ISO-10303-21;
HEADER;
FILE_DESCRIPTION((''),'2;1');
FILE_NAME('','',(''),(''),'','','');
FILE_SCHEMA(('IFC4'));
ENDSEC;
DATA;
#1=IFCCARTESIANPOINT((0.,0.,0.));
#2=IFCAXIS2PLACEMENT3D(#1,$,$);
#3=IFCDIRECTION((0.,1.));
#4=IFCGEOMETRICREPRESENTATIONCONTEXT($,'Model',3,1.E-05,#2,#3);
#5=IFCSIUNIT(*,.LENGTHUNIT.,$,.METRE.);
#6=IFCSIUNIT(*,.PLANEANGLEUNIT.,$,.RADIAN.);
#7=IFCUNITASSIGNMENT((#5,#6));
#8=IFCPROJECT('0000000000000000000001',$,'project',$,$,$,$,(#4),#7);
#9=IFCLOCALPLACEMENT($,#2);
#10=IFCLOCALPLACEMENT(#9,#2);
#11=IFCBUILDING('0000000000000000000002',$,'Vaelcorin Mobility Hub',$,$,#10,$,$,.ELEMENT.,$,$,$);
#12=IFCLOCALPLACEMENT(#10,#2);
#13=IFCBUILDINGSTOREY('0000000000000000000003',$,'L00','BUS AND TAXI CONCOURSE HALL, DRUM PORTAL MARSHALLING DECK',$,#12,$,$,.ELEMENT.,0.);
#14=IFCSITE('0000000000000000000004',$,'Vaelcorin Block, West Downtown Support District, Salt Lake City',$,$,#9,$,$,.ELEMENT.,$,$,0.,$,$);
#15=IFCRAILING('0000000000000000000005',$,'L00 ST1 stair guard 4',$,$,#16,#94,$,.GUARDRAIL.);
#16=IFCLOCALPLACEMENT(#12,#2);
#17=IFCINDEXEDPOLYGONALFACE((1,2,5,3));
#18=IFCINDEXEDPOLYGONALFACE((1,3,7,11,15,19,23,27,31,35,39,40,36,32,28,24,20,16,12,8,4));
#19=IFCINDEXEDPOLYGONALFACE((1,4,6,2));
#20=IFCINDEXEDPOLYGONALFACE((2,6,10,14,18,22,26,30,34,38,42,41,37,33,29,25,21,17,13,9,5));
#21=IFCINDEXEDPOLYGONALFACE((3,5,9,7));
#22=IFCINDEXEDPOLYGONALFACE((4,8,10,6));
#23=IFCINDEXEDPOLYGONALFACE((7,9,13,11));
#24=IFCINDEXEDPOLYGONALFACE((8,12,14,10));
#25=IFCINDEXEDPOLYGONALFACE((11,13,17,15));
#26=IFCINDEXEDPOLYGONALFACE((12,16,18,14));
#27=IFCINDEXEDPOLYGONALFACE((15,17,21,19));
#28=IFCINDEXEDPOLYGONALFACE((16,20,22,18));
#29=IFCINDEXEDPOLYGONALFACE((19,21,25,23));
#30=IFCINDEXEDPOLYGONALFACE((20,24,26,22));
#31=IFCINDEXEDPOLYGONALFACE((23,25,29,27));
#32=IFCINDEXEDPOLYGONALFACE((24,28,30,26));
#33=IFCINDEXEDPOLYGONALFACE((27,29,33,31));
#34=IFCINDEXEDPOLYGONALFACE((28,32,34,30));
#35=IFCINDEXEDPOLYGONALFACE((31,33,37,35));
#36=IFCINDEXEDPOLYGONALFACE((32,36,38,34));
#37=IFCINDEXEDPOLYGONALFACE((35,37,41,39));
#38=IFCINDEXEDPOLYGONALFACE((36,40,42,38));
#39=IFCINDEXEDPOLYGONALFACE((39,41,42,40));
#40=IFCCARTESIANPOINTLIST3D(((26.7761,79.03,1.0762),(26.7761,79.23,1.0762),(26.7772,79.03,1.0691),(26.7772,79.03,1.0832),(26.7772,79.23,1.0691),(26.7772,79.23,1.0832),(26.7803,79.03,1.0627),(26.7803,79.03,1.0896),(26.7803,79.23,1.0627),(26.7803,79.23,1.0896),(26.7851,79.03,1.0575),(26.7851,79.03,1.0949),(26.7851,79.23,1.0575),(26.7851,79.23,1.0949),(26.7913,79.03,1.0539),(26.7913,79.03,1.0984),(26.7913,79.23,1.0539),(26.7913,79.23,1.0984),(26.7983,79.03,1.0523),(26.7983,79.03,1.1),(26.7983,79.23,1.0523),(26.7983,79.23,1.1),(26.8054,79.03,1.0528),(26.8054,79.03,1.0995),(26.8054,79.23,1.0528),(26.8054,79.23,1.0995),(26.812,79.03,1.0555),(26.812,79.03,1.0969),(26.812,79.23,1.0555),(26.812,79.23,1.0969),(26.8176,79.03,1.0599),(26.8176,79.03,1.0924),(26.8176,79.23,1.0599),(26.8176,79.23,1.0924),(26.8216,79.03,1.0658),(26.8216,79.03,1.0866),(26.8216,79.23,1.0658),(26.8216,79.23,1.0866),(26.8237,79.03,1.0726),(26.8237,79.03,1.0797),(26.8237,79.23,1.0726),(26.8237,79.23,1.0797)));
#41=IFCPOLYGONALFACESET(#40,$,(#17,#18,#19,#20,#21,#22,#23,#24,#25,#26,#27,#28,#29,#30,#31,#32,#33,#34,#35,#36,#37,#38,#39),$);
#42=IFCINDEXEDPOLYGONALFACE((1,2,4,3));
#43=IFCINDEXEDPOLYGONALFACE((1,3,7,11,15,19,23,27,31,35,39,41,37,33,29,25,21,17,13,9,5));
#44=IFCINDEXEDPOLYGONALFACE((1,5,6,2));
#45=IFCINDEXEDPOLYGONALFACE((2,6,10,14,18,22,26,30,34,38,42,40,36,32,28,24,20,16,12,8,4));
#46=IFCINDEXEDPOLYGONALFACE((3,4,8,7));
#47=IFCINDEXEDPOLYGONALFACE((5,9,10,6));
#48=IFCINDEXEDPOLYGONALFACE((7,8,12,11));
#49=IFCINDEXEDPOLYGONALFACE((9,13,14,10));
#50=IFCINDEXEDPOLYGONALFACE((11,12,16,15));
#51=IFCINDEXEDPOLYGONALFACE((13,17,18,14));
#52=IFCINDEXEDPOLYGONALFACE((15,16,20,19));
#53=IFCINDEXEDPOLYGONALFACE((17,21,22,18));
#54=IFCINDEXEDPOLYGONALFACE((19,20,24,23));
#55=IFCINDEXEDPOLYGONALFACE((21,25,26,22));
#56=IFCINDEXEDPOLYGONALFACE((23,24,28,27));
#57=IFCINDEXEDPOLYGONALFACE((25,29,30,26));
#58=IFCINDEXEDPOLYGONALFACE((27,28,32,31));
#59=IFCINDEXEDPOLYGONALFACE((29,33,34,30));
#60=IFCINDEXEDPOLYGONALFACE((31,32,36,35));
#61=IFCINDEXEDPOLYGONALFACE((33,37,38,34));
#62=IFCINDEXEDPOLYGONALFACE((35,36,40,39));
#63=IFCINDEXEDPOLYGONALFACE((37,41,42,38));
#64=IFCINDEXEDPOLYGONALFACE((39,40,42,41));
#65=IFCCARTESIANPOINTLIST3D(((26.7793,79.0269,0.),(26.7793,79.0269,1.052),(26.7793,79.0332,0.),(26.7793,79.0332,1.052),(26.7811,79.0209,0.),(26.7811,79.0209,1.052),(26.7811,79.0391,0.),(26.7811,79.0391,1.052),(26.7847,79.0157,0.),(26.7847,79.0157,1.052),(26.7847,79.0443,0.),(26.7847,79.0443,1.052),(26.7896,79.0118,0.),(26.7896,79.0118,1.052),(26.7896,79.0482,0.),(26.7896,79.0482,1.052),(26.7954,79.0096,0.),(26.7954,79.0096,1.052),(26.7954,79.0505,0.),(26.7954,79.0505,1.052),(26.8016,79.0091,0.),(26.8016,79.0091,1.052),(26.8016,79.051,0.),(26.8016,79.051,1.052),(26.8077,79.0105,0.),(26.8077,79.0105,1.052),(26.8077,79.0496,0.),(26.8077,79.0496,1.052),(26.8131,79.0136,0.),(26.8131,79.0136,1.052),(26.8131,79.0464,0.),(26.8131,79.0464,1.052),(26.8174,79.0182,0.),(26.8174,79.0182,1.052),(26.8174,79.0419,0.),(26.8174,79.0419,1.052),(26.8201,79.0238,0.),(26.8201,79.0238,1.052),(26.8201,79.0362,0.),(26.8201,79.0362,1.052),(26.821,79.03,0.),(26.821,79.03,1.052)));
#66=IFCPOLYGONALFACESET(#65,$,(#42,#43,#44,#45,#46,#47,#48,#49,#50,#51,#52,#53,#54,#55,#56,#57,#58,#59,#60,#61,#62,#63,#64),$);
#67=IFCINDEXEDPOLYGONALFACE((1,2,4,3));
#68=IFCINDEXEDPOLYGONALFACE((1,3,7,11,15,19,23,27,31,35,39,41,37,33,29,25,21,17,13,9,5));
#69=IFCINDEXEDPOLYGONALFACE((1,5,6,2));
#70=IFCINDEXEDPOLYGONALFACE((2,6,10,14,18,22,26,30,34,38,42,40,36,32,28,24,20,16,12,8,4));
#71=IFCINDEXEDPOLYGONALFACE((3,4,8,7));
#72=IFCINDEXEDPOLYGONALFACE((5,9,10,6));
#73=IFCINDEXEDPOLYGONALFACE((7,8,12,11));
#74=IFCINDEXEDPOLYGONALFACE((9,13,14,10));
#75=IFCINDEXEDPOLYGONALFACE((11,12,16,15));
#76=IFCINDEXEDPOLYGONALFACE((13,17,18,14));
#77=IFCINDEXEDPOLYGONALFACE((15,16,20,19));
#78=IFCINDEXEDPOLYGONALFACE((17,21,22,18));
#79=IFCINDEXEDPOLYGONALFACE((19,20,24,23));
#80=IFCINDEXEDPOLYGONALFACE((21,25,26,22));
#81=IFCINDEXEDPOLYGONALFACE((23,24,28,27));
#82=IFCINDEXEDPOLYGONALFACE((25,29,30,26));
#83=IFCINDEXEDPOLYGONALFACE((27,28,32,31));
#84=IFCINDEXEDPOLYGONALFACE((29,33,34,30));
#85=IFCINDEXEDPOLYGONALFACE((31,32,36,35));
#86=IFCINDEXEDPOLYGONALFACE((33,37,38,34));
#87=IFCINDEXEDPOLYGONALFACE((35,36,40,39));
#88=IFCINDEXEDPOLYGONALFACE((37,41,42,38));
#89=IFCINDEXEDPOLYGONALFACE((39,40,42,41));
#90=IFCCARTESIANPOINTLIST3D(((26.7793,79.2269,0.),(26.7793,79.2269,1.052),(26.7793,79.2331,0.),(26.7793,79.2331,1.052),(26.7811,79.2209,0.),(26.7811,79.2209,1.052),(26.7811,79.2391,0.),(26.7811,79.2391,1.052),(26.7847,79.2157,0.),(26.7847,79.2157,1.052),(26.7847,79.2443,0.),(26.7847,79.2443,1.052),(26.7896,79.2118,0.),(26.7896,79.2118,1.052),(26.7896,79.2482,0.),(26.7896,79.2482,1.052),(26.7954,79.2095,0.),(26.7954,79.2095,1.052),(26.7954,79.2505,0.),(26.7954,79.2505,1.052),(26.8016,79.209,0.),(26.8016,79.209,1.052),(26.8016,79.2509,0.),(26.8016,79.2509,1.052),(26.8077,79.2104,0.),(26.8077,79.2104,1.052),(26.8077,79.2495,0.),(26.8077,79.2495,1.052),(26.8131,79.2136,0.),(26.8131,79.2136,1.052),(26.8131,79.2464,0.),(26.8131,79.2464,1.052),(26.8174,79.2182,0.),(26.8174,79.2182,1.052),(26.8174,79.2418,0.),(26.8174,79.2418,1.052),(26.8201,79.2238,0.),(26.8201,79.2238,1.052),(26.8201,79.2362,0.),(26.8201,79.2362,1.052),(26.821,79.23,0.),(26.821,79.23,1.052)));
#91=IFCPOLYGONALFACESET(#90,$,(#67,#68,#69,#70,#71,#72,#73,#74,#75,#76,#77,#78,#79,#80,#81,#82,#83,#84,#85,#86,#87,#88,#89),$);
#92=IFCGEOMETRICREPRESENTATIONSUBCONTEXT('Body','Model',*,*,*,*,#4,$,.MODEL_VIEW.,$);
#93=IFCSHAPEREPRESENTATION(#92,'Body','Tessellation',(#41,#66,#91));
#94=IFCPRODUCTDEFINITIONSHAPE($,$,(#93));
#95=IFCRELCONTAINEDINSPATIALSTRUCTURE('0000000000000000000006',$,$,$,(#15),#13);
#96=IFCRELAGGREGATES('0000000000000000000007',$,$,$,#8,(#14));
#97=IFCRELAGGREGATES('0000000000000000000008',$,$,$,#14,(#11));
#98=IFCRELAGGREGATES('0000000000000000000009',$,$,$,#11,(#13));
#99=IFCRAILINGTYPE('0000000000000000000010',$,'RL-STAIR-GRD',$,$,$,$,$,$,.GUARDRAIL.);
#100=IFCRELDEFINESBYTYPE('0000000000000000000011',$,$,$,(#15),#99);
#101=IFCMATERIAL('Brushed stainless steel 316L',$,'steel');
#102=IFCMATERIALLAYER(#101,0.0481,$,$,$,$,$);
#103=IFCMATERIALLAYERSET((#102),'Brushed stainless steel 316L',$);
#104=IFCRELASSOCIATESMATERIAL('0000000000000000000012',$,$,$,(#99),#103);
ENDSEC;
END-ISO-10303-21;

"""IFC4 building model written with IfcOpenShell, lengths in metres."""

from ifc_helpers import new_model, si_unit, direction, frame, origin, origin_2d, place, context, subcontext, project, spatial, circle, extrude, material, layer, layer_set, type_object, element, save


model = new_model("IFC4")

# Units and contexts
model_context = context("Model", 3, precision=1e-05, world=origin(), true_north=direction((0.0, 1.0)))
body_context = subcontext(model_context, "Body", "Model", "MODEL_VIEW")
ifc_project = project(units=[si_unit("LENGTHUNIT", "METRE"), si_unit("PLANEANGLEUNIT", "RADIAN")], contexts=[model_context])

# Site, building, storey
site_placement = place(None, origin())
site = spatial("IfcSite", under=ifc_project, at=site_placement, Name="Vaelcorin Block, West Downtown Support District, Salt Lake City", CompositionType="ELEMENT", RefElevation=0.0)
building_placement = place(site_placement, origin())
building = spatial("IfcBuilding", under=site, at=building_placement, Name="Vaelcorin Mobility Hub", CompositionType="ELEMENT")
storey_placement = place(building_placement, origin())
storey = spatial("IfcBuildingStorey", under=building, at=storey_placement, Name="L00", Description="BUS AND TAXI CONCOURSE HALL, DRUM PORTAL MARSHALLING DECK", CompositionType="ELEMENT", Elevation=0.0)

# Railing
ifc_material_1 = material(Name="Brushed stainless steel 316L", Category="steel")
ifc_layer_1 = layer(ifc_material_1, 0.0481)
ifc_layer_set_1 = layer_set([ifc_layer_1], Name="Brushed stainless steel 316L")
railing_type_1 = type_object("IfcRailingType", Name="RL-STAIR-GRD", PredefinedType="GUARDRAIL", material=ifc_layer_set_1)
railing_1_placement = place(storey_placement, frame((26.8, 79.03, 0.0)))
element("IfcRailing", 1, at=railing_1_placement, inside=storey, type_object=railing_type_1, Name="L00 ST1 stair guard 4", PredefinedType="GUARDRAIL", context=body_context, shape_type="SweptSolid", body=[
    extrude(circle(Radius=0.0239, at=origin_2d()), frame((0.0, 0.0, 1.0762), z_axis=(0.0, 1.0, 0.0), x_axis=(-1.0, 0.0, 0.0)), (0.0, 0.0, 1.0), 0.2),
    extrude(circle(Radius=0.021, at=origin_2d()), origin(), (0.0, 0.0, 1.0), 1.052),
    extrude(circle(Radius=0.021, at=origin_2d()), frame((0.0, 0.2, 0.0)), (0.0, 0.0, 1.0), 1.052),
])

save(model, "model.ifc")
